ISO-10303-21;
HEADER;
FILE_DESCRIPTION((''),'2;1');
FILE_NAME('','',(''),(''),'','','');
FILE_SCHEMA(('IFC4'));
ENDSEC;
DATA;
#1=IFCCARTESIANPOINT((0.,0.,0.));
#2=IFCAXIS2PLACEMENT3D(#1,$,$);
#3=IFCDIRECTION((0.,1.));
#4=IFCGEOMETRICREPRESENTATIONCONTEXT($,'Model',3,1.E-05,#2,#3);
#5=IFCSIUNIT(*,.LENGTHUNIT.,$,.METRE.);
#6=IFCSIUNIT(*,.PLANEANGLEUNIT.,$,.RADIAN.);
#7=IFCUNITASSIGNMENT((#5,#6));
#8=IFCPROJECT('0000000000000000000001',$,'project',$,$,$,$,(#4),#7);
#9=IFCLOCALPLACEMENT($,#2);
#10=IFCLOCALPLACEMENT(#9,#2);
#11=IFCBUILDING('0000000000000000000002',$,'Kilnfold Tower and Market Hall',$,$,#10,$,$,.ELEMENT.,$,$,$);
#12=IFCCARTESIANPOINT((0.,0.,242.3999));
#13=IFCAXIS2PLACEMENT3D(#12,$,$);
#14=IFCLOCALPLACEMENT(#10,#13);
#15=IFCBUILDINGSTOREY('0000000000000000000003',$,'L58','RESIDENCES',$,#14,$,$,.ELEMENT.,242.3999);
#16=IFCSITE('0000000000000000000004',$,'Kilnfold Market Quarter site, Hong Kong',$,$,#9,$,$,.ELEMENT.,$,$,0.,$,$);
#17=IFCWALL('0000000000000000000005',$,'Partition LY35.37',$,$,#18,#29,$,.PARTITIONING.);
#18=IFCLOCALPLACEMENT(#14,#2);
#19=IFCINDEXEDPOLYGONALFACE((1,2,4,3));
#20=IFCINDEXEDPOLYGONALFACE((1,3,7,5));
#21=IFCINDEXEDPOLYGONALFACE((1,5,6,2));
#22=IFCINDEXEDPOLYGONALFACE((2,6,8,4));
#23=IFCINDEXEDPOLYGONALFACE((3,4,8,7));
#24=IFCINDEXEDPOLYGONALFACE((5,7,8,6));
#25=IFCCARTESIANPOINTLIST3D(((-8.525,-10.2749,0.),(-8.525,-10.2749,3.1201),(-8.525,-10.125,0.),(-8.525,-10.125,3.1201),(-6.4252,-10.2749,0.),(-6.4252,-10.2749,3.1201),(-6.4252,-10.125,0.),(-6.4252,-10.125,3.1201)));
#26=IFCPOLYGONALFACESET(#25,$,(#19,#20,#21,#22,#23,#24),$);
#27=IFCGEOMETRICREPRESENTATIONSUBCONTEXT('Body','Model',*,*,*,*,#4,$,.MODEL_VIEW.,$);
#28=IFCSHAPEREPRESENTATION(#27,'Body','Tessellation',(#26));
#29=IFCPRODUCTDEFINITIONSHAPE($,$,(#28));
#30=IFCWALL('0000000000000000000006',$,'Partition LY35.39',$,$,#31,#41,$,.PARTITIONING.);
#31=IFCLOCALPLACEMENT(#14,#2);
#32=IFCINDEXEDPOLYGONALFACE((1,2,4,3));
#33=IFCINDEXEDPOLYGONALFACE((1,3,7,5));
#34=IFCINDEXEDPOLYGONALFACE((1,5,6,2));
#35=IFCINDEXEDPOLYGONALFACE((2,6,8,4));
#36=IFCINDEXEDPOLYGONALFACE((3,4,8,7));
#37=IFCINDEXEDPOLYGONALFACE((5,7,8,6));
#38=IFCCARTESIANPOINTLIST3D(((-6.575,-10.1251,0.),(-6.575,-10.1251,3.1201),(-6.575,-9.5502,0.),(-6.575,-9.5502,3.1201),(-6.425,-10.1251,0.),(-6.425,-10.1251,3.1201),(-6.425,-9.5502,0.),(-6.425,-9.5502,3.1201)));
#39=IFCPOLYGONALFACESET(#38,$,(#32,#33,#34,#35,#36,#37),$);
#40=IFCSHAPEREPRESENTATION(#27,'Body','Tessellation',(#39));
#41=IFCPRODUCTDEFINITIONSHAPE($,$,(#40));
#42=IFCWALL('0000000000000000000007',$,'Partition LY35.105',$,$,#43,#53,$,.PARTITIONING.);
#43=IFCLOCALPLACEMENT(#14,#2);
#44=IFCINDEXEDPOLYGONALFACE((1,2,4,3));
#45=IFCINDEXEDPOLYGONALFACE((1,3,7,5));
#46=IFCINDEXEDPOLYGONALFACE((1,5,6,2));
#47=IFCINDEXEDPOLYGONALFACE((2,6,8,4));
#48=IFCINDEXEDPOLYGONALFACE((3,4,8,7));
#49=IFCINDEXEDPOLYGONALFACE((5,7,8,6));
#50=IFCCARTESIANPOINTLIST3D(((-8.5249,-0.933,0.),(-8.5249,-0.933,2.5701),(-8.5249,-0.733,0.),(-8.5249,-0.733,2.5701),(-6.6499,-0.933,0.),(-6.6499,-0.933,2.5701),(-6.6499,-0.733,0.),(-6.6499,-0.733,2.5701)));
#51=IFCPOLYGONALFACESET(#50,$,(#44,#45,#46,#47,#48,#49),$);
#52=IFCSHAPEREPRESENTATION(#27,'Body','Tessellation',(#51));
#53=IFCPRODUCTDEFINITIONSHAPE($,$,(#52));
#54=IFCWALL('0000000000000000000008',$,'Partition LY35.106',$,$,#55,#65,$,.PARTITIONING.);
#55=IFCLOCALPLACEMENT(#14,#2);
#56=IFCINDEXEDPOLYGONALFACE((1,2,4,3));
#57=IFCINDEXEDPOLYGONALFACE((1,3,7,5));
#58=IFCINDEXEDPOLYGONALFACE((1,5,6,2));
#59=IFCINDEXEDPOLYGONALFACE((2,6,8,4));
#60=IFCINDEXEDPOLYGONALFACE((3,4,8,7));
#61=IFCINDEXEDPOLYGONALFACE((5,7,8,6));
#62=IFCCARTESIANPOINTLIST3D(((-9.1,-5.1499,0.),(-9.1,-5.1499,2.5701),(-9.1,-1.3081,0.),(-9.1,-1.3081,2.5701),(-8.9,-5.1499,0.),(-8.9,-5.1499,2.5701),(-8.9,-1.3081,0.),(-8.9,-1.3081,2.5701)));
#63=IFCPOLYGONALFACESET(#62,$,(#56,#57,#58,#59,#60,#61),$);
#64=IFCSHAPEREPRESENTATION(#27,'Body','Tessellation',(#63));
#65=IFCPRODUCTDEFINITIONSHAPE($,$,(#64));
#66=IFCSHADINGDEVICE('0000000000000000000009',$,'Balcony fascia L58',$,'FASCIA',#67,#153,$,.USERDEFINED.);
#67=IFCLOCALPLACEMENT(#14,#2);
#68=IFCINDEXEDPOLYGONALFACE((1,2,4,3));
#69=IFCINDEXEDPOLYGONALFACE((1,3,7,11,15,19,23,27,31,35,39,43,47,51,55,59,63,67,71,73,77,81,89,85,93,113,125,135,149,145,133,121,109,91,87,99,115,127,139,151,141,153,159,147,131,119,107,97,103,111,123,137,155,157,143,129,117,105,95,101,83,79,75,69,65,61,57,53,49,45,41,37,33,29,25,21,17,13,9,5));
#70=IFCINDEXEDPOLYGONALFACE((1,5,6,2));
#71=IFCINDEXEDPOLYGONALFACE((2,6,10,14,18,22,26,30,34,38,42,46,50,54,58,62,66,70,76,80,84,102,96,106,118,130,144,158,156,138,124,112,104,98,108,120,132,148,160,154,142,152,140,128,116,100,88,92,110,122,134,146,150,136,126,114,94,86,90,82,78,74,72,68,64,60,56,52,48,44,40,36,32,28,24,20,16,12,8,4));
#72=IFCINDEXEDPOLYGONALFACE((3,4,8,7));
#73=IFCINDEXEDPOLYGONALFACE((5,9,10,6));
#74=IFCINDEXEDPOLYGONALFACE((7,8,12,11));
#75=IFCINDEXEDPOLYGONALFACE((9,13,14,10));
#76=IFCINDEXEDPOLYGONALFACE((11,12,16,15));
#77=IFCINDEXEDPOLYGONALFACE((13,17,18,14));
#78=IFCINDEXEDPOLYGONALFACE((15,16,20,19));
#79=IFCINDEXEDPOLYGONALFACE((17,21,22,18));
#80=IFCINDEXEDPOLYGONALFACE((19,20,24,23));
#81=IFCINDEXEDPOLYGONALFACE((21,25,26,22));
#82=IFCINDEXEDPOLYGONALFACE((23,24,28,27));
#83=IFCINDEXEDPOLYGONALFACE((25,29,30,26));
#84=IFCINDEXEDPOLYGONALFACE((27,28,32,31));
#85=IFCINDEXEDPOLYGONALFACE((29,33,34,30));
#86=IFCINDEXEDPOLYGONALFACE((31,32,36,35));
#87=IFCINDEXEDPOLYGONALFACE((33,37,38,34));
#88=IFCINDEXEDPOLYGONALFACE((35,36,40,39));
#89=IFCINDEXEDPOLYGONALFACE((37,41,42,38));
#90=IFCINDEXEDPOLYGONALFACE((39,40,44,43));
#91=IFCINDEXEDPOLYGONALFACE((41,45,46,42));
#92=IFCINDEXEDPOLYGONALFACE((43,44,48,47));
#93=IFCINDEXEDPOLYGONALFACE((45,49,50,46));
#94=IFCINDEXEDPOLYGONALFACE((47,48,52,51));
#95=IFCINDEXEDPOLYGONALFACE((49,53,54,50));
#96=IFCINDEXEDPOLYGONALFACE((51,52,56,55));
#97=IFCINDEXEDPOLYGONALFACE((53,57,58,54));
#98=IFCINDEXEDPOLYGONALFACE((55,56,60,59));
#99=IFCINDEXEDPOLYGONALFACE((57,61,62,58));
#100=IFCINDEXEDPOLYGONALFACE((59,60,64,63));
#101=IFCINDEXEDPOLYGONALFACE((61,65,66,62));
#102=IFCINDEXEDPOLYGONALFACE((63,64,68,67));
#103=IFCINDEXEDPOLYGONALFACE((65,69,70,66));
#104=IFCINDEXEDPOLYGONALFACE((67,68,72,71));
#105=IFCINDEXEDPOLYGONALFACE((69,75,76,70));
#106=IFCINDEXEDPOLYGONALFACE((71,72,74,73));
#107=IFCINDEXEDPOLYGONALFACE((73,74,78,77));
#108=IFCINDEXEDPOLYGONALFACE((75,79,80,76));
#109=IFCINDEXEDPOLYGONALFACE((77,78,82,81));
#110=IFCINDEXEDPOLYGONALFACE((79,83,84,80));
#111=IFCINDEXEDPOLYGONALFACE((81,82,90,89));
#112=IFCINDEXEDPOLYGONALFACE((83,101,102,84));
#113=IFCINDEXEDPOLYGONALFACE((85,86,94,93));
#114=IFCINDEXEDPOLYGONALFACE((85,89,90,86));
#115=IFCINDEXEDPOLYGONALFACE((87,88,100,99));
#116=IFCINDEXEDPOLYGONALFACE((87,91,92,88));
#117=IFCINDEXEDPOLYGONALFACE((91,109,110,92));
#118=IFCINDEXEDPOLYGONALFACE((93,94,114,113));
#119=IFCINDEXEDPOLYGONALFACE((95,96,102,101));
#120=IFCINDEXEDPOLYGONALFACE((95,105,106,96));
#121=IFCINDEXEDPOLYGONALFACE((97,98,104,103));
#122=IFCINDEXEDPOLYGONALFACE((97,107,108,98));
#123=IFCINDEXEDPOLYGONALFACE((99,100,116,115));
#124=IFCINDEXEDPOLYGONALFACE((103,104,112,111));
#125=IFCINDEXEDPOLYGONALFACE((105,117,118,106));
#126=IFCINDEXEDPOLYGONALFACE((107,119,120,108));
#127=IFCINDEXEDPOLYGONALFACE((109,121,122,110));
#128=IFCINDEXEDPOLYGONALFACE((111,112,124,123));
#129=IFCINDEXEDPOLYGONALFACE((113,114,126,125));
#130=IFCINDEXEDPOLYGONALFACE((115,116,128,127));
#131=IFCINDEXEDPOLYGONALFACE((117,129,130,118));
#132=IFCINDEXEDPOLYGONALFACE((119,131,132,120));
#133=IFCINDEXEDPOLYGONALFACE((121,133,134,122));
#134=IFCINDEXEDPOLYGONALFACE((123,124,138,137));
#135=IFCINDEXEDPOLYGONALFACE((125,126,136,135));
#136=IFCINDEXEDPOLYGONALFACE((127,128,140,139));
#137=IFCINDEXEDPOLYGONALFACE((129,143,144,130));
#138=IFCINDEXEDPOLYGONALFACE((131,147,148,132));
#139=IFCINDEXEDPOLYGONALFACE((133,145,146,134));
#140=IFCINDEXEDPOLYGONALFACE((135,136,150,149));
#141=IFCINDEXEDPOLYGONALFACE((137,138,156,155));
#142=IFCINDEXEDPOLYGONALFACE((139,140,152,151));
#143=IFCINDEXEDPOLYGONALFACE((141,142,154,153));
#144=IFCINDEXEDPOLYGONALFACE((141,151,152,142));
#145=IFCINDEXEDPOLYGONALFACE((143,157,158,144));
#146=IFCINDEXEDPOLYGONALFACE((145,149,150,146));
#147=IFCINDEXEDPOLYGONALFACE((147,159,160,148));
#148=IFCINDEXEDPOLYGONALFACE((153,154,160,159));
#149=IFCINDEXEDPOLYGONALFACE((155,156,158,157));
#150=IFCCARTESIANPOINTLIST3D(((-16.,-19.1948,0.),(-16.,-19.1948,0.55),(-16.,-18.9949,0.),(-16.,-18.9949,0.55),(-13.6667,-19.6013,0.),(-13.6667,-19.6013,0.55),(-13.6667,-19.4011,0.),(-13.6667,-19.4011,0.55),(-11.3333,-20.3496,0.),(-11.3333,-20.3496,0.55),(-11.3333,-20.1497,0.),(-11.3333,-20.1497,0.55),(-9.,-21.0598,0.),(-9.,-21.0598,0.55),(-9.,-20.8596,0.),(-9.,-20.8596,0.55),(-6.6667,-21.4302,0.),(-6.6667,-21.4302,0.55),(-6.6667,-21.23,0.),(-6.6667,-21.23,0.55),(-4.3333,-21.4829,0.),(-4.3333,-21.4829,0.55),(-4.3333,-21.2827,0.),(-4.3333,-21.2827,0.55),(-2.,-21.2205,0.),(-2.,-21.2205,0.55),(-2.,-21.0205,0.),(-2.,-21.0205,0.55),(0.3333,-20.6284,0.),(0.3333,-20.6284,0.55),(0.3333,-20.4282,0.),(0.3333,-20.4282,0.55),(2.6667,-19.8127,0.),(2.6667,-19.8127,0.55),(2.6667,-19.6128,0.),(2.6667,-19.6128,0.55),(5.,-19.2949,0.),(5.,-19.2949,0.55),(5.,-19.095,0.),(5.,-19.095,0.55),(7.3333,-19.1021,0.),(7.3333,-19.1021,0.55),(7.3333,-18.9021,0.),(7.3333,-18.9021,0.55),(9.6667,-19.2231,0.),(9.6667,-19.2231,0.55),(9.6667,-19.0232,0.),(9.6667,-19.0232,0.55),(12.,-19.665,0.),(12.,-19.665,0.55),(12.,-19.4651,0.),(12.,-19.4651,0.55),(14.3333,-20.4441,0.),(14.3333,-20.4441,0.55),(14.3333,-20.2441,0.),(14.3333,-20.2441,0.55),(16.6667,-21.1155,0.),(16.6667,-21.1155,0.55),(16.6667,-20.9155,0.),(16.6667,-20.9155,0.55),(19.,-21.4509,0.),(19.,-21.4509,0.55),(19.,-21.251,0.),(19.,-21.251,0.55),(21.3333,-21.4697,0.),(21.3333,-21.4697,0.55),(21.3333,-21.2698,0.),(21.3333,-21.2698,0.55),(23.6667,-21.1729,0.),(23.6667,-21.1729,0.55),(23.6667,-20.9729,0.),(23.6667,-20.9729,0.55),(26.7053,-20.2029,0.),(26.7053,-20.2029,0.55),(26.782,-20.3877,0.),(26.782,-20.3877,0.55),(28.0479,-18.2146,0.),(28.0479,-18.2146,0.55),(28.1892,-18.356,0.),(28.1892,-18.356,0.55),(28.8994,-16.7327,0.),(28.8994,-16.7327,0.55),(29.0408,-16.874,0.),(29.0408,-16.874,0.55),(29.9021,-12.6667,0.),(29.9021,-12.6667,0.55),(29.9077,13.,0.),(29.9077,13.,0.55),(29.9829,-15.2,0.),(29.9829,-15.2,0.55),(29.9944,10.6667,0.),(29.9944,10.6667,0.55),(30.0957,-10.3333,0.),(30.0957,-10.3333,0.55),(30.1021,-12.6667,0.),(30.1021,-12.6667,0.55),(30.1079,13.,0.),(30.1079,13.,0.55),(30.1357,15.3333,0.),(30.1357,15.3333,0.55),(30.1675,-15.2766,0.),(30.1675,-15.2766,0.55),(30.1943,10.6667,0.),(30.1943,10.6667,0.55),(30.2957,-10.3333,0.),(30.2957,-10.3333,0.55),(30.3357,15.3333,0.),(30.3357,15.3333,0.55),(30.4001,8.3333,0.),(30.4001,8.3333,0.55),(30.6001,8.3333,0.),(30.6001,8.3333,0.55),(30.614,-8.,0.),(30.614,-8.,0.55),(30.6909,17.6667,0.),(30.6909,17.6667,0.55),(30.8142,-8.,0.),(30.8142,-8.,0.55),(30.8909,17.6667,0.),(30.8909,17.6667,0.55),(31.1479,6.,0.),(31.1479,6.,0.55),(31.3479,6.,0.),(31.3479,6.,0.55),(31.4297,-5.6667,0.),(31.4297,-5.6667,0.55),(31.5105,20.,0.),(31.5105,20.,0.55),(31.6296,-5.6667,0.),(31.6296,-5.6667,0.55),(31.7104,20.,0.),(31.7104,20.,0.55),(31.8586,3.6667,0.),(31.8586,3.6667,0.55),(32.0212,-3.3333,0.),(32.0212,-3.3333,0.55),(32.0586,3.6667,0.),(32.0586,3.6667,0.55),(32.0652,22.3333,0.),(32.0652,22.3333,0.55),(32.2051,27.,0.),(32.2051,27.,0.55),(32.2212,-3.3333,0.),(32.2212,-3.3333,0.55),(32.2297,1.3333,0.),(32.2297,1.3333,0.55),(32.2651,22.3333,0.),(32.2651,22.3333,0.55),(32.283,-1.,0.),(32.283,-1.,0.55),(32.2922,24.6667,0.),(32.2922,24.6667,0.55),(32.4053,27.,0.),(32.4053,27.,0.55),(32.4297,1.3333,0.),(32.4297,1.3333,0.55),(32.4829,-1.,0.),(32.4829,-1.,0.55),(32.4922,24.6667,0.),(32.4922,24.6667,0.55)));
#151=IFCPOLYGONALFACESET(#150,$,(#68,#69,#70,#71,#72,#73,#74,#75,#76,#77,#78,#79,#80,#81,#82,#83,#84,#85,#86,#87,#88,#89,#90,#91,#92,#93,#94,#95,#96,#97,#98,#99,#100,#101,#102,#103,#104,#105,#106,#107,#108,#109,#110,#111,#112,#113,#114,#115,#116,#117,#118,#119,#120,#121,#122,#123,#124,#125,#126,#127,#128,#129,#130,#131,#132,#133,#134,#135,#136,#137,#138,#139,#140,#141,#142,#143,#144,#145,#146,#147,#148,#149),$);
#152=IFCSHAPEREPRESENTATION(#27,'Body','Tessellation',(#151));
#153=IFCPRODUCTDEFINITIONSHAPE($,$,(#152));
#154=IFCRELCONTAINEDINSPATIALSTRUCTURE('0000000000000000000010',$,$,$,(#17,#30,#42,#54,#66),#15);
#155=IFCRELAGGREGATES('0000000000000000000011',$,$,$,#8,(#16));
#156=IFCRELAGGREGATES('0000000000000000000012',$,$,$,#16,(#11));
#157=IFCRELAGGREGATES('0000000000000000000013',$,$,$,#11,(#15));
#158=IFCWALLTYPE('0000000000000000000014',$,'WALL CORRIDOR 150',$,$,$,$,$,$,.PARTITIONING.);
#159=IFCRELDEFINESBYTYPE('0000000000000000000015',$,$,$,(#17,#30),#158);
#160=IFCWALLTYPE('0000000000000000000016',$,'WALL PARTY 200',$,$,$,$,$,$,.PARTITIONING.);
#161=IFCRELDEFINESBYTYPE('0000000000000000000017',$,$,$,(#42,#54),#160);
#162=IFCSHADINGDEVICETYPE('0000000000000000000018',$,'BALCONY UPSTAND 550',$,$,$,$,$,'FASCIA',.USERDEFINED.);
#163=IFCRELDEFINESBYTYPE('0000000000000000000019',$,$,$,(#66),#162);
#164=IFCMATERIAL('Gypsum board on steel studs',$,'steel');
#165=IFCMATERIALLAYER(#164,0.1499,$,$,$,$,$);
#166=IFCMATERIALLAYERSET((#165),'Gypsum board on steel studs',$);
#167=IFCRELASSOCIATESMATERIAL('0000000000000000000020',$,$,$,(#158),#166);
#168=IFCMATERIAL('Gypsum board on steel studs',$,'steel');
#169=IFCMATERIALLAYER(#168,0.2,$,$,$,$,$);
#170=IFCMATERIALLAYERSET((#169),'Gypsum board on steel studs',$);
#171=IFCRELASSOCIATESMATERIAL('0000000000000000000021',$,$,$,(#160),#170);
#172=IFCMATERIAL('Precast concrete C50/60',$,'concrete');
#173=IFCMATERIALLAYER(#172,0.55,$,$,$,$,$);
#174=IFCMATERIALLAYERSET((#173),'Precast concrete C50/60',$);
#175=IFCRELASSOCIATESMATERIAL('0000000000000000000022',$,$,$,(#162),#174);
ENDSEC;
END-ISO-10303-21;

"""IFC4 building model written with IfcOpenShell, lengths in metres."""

from ifc_helpers import new_model, si_unit, direction, frame, frame_2d, origin, place, context, subcontext, project, spatial, polyline, rectangle, outline, extrude, source, transform, mapped, material, layer, layer_set, type_object, element, save


model = new_model("IFC4")

# Units and contexts
model_context = context("Model", 3, precision=1e-05, world=origin(), true_north=direction((0.0, 1.0)))
body_context = subcontext(model_context, "Body", "Model", "MODEL_VIEW")
ifc_project = project(units=[si_unit("LENGTHUNIT", "METRE"), si_unit("PLANEANGLEUNIT", "RADIAN")], contexts=[model_context])

# Site, building, storey
site_placement = place(None, origin())
site = spatial("IfcSite", under=ifc_project, at=site_placement, Name="Kilnfold Market Quarter site, Hong Kong", CompositionType="ELEMENT", RefElevation=0.0)
building_placement = place(site_placement, origin())
building = spatial("IfcBuilding", under=site, at=building_placement, Name="Kilnfold Tower and Market Hall", CompositionType="ELEMENT")
storey_placement = place(building_placement, frame((0.0, 0.0, 242.3999)))
storey = spatial("IfcBuildingStorey", under=building, at=storey_placement, Name="L58", Description="RESIDENCES", CompositionType="ELEMENT", Elevation=242.3999)

# Walls
ifc_material_1 = material(Name="Gypsum board on steel studs", Category="steel")
ifc_layer_1 = layer(ifc_material_1, 0.1499)
ifc_layer_set_1 = layer_set([ifc_layer_1], Name="Gypsum board on steel studs")
wall_type_1 = type_object("IfcWallType", Name="WALL CORRIDOR 150", PredefinedType="PARTITIONING", material=ifc_layer_set_1)
wall_1_placement = place(storey_placement, frame((-8.5249, -10.2, 0.0), z_axis=(0.0, 0.0, 1.0), x_axis=(1.0, 0.0, 0.0)))
element("IfcWall", 1, at=wall_1_placement, inside=storey, type_object=wall_type_1, Name="Partition LY35.37", PredefinedType="PARTITIONING", context=body_context, shape_type="SweptSolid", body=[
    extrude(rectangle(XDim=2.0999, YDim=0.1499, at=frame_2d((1.0498, 0.0))), origin(), (0.0, 0.0, 1.0), 3.1201),
])
wall_2_placement = place(storey_placement, frame((-6.5, -9.55, 0.0), z_axis=(0.0, 0.0, 1.0), x_axis=(0.0, -1.0, 0.0)))
element("IfcWall", 2, at=wall_2_placement, inside=storey, type_object=wall_type_1, Name="Partition LY35.39", PredefinedType="PARTITIONING", context=body_context, shape_type="SweptSolid", body=[
    extrude(rectangle(XDim=0.575, YDim=0.1499, at=frame_2d((0.2876, 0.0))), origin(), (0.0, 0.0, 1.0), 3.1201),
])
ifc_material_2 = material(Name="Gypsum board on steel studs", Category="steel")
ifc_layer_2 = layer(ifc_material_2, 0.2)
ifc_layer_set_2 = layer_set([ifc_layer_2], Name="Gypsum board on steel studs")
wall_type_2 = type_object("IfcWallType", Name="WALL PARTY 200", PredefinedType="PARTITIONING", material=ifc_layer_set_2)
wall_3_placement = place(storey_placement, frame((-8.5249, -0.833, 0.0), z_axis=(0.0, 0.0, 1.0), x_axis=(1.0, 0.0, 0.0)))
element("IfcWall", 3, at=wall_3_placement, inside=storey, type_object=wall_type_2, Name="Partition LY35.105", PredefinedType="PARTITIONING", context=body_context, shape_type="SweptSolid", body=[
    extrude(rectangle(XDim=1.875, YDim=0.2, at=frame_2d((0.9375, 0.0))), origin(), (0.0, 0.0, 1.0), 2.5701),
])
wall_4_placement = place(storey_placement, frame((-9.0, -5.1499, 0.0), z_axis=(0.0, 0.0, 1.0), x_axis=(0.0, 1.0, 0.0)))
element("IfcWall", 4, at=wall_4_placement, inside=storey, type_object=wall_type_2, Name="Partition LY35.106", PredefinedType="PARTITIONING", context=body_context, shape_type="SweptSolid", body=[
    extrude(rectangle(XDim=3.8418, YDim=0.2, at=frame_2d((1.9209, 0.0))), origin(), (0.0, 0.0, 1.0), 2.5701),
])

# Shading device
ifc_material_3 = material(Name="Precast concrete C50/60", Category="concrete")
ifc_layer_3 = layer(ifc_material_3, 0.55)
ifc_layer_set_3 = layer_set([ifc_layer_3], Name="Precast concrete C50/60")
shading_device_type_1 = type_object("IfcShadingDeviceType", Name="BALCONY UPSTAND 550", ElementType="FASCIA", PredefinedType="USERDEFINED", material=ifc_layer_set_3)
shared_shape_1 = source(origin(), body_context, "Body", "SweptSolid", [
    extrude(outline(polyline([(-16.0, -19.1948), (-13.6667, -19.6013), (-11.3333, -20.3496), (-9.0, -21.0598), (-6.6667, -21.4302), (-4.3333, -21.4829), (-2.0, -21.2205), (0.3333, -20.6284), (2.6667, -19.8127), (5.0, -19.2949), (7.3333, -19.1021), (9.6667, -19.2231), (12.0, -19.665), (14.3333, -20.4441), (16.6667, -21.1155), (19.0, -21.4509), (21.3333, -21.4697), (23.6667, -21.1729), (26.782, -20.3877), (28.1892, -18.356), (29.0408, -16.874), (30.1675, -15.2766), (30.1021, -12.6667), (30.2957, -10.3333), (30.8142, -8.0), (31.6296, -5.6667), (32.2212, -3.3333), (32.4829, -1.0), (32.4297, 1.3333), (32.0586, 3.6667), (31.3479, 6.0), (30.6001, 8.3333), (30.1943, 10.6667), (30.1079, 13.0), (30.3357, 15.3333), (30.8909, 17.6667), (31.7104, 20.0), (32.2651, 22.3333), (32.4922, 24.6667), (32.4053, 27.0), (32.2051, 27.0), (32.2922, 24.6667), (32.0652, 22.3333), (31.5105, 20.0), (30.6909, 17.6667), (30.1357, 15.3333), (29.9077, 13.0), (29.9944, 10.6667), (30.4001, 8.3333), (31.1479, 6.0), (31.8586, 3.6667), (32.2297, 1.3333), (32.283, -1.0), (32.0212, -3.3333), (31.4297, -5.6667), (30.614, -8.0), (30.0957, -10.3333), (29.9021, -12.6667), (29.9829, -15.2), (28.8994, -16.7327), (28.0479, -18.2146), (26.7053, -20.2029), (23.6667, -20.9729), (21.3333, -21.2698), (19.0, -21.251), (16.6667, -20.9155), (14.3333, -20.2441), (12.0, -19.4651), (9.6667, -19.0232), (7.3333, -18.9021), (5.0, -19.095), (2.6667, -19.6128), (0.3333, -20.4282), (-2.0, -21.0205), (-4.3333, -21.2827), (-6.6667, -21.23), (-9.0, -20.8596), (-11.3333, -20.1497), (-13.6667, -19.4011), (-16.0, -18.9949), (-16.0, -19.1948)])), origin(), (0.0, 0.0, 1.0), 0.55),
])
shading_device_1_placement = place(storey_placement, origin())
element("IfcShadingDevice", 5, at=shading_device_1_placement, inside=storey, type_object=shading_device_type_1, Name="Balcony fascia L58", ObjectType="FASCIA", PredefinedType="USERDEFINED", context=body_context, shape_type="MappedRepresentation", body=[
    mapped(shared_shape_1, transform((0.0, 0.0, 0.0))),
])

save(model, "model.ifc")
